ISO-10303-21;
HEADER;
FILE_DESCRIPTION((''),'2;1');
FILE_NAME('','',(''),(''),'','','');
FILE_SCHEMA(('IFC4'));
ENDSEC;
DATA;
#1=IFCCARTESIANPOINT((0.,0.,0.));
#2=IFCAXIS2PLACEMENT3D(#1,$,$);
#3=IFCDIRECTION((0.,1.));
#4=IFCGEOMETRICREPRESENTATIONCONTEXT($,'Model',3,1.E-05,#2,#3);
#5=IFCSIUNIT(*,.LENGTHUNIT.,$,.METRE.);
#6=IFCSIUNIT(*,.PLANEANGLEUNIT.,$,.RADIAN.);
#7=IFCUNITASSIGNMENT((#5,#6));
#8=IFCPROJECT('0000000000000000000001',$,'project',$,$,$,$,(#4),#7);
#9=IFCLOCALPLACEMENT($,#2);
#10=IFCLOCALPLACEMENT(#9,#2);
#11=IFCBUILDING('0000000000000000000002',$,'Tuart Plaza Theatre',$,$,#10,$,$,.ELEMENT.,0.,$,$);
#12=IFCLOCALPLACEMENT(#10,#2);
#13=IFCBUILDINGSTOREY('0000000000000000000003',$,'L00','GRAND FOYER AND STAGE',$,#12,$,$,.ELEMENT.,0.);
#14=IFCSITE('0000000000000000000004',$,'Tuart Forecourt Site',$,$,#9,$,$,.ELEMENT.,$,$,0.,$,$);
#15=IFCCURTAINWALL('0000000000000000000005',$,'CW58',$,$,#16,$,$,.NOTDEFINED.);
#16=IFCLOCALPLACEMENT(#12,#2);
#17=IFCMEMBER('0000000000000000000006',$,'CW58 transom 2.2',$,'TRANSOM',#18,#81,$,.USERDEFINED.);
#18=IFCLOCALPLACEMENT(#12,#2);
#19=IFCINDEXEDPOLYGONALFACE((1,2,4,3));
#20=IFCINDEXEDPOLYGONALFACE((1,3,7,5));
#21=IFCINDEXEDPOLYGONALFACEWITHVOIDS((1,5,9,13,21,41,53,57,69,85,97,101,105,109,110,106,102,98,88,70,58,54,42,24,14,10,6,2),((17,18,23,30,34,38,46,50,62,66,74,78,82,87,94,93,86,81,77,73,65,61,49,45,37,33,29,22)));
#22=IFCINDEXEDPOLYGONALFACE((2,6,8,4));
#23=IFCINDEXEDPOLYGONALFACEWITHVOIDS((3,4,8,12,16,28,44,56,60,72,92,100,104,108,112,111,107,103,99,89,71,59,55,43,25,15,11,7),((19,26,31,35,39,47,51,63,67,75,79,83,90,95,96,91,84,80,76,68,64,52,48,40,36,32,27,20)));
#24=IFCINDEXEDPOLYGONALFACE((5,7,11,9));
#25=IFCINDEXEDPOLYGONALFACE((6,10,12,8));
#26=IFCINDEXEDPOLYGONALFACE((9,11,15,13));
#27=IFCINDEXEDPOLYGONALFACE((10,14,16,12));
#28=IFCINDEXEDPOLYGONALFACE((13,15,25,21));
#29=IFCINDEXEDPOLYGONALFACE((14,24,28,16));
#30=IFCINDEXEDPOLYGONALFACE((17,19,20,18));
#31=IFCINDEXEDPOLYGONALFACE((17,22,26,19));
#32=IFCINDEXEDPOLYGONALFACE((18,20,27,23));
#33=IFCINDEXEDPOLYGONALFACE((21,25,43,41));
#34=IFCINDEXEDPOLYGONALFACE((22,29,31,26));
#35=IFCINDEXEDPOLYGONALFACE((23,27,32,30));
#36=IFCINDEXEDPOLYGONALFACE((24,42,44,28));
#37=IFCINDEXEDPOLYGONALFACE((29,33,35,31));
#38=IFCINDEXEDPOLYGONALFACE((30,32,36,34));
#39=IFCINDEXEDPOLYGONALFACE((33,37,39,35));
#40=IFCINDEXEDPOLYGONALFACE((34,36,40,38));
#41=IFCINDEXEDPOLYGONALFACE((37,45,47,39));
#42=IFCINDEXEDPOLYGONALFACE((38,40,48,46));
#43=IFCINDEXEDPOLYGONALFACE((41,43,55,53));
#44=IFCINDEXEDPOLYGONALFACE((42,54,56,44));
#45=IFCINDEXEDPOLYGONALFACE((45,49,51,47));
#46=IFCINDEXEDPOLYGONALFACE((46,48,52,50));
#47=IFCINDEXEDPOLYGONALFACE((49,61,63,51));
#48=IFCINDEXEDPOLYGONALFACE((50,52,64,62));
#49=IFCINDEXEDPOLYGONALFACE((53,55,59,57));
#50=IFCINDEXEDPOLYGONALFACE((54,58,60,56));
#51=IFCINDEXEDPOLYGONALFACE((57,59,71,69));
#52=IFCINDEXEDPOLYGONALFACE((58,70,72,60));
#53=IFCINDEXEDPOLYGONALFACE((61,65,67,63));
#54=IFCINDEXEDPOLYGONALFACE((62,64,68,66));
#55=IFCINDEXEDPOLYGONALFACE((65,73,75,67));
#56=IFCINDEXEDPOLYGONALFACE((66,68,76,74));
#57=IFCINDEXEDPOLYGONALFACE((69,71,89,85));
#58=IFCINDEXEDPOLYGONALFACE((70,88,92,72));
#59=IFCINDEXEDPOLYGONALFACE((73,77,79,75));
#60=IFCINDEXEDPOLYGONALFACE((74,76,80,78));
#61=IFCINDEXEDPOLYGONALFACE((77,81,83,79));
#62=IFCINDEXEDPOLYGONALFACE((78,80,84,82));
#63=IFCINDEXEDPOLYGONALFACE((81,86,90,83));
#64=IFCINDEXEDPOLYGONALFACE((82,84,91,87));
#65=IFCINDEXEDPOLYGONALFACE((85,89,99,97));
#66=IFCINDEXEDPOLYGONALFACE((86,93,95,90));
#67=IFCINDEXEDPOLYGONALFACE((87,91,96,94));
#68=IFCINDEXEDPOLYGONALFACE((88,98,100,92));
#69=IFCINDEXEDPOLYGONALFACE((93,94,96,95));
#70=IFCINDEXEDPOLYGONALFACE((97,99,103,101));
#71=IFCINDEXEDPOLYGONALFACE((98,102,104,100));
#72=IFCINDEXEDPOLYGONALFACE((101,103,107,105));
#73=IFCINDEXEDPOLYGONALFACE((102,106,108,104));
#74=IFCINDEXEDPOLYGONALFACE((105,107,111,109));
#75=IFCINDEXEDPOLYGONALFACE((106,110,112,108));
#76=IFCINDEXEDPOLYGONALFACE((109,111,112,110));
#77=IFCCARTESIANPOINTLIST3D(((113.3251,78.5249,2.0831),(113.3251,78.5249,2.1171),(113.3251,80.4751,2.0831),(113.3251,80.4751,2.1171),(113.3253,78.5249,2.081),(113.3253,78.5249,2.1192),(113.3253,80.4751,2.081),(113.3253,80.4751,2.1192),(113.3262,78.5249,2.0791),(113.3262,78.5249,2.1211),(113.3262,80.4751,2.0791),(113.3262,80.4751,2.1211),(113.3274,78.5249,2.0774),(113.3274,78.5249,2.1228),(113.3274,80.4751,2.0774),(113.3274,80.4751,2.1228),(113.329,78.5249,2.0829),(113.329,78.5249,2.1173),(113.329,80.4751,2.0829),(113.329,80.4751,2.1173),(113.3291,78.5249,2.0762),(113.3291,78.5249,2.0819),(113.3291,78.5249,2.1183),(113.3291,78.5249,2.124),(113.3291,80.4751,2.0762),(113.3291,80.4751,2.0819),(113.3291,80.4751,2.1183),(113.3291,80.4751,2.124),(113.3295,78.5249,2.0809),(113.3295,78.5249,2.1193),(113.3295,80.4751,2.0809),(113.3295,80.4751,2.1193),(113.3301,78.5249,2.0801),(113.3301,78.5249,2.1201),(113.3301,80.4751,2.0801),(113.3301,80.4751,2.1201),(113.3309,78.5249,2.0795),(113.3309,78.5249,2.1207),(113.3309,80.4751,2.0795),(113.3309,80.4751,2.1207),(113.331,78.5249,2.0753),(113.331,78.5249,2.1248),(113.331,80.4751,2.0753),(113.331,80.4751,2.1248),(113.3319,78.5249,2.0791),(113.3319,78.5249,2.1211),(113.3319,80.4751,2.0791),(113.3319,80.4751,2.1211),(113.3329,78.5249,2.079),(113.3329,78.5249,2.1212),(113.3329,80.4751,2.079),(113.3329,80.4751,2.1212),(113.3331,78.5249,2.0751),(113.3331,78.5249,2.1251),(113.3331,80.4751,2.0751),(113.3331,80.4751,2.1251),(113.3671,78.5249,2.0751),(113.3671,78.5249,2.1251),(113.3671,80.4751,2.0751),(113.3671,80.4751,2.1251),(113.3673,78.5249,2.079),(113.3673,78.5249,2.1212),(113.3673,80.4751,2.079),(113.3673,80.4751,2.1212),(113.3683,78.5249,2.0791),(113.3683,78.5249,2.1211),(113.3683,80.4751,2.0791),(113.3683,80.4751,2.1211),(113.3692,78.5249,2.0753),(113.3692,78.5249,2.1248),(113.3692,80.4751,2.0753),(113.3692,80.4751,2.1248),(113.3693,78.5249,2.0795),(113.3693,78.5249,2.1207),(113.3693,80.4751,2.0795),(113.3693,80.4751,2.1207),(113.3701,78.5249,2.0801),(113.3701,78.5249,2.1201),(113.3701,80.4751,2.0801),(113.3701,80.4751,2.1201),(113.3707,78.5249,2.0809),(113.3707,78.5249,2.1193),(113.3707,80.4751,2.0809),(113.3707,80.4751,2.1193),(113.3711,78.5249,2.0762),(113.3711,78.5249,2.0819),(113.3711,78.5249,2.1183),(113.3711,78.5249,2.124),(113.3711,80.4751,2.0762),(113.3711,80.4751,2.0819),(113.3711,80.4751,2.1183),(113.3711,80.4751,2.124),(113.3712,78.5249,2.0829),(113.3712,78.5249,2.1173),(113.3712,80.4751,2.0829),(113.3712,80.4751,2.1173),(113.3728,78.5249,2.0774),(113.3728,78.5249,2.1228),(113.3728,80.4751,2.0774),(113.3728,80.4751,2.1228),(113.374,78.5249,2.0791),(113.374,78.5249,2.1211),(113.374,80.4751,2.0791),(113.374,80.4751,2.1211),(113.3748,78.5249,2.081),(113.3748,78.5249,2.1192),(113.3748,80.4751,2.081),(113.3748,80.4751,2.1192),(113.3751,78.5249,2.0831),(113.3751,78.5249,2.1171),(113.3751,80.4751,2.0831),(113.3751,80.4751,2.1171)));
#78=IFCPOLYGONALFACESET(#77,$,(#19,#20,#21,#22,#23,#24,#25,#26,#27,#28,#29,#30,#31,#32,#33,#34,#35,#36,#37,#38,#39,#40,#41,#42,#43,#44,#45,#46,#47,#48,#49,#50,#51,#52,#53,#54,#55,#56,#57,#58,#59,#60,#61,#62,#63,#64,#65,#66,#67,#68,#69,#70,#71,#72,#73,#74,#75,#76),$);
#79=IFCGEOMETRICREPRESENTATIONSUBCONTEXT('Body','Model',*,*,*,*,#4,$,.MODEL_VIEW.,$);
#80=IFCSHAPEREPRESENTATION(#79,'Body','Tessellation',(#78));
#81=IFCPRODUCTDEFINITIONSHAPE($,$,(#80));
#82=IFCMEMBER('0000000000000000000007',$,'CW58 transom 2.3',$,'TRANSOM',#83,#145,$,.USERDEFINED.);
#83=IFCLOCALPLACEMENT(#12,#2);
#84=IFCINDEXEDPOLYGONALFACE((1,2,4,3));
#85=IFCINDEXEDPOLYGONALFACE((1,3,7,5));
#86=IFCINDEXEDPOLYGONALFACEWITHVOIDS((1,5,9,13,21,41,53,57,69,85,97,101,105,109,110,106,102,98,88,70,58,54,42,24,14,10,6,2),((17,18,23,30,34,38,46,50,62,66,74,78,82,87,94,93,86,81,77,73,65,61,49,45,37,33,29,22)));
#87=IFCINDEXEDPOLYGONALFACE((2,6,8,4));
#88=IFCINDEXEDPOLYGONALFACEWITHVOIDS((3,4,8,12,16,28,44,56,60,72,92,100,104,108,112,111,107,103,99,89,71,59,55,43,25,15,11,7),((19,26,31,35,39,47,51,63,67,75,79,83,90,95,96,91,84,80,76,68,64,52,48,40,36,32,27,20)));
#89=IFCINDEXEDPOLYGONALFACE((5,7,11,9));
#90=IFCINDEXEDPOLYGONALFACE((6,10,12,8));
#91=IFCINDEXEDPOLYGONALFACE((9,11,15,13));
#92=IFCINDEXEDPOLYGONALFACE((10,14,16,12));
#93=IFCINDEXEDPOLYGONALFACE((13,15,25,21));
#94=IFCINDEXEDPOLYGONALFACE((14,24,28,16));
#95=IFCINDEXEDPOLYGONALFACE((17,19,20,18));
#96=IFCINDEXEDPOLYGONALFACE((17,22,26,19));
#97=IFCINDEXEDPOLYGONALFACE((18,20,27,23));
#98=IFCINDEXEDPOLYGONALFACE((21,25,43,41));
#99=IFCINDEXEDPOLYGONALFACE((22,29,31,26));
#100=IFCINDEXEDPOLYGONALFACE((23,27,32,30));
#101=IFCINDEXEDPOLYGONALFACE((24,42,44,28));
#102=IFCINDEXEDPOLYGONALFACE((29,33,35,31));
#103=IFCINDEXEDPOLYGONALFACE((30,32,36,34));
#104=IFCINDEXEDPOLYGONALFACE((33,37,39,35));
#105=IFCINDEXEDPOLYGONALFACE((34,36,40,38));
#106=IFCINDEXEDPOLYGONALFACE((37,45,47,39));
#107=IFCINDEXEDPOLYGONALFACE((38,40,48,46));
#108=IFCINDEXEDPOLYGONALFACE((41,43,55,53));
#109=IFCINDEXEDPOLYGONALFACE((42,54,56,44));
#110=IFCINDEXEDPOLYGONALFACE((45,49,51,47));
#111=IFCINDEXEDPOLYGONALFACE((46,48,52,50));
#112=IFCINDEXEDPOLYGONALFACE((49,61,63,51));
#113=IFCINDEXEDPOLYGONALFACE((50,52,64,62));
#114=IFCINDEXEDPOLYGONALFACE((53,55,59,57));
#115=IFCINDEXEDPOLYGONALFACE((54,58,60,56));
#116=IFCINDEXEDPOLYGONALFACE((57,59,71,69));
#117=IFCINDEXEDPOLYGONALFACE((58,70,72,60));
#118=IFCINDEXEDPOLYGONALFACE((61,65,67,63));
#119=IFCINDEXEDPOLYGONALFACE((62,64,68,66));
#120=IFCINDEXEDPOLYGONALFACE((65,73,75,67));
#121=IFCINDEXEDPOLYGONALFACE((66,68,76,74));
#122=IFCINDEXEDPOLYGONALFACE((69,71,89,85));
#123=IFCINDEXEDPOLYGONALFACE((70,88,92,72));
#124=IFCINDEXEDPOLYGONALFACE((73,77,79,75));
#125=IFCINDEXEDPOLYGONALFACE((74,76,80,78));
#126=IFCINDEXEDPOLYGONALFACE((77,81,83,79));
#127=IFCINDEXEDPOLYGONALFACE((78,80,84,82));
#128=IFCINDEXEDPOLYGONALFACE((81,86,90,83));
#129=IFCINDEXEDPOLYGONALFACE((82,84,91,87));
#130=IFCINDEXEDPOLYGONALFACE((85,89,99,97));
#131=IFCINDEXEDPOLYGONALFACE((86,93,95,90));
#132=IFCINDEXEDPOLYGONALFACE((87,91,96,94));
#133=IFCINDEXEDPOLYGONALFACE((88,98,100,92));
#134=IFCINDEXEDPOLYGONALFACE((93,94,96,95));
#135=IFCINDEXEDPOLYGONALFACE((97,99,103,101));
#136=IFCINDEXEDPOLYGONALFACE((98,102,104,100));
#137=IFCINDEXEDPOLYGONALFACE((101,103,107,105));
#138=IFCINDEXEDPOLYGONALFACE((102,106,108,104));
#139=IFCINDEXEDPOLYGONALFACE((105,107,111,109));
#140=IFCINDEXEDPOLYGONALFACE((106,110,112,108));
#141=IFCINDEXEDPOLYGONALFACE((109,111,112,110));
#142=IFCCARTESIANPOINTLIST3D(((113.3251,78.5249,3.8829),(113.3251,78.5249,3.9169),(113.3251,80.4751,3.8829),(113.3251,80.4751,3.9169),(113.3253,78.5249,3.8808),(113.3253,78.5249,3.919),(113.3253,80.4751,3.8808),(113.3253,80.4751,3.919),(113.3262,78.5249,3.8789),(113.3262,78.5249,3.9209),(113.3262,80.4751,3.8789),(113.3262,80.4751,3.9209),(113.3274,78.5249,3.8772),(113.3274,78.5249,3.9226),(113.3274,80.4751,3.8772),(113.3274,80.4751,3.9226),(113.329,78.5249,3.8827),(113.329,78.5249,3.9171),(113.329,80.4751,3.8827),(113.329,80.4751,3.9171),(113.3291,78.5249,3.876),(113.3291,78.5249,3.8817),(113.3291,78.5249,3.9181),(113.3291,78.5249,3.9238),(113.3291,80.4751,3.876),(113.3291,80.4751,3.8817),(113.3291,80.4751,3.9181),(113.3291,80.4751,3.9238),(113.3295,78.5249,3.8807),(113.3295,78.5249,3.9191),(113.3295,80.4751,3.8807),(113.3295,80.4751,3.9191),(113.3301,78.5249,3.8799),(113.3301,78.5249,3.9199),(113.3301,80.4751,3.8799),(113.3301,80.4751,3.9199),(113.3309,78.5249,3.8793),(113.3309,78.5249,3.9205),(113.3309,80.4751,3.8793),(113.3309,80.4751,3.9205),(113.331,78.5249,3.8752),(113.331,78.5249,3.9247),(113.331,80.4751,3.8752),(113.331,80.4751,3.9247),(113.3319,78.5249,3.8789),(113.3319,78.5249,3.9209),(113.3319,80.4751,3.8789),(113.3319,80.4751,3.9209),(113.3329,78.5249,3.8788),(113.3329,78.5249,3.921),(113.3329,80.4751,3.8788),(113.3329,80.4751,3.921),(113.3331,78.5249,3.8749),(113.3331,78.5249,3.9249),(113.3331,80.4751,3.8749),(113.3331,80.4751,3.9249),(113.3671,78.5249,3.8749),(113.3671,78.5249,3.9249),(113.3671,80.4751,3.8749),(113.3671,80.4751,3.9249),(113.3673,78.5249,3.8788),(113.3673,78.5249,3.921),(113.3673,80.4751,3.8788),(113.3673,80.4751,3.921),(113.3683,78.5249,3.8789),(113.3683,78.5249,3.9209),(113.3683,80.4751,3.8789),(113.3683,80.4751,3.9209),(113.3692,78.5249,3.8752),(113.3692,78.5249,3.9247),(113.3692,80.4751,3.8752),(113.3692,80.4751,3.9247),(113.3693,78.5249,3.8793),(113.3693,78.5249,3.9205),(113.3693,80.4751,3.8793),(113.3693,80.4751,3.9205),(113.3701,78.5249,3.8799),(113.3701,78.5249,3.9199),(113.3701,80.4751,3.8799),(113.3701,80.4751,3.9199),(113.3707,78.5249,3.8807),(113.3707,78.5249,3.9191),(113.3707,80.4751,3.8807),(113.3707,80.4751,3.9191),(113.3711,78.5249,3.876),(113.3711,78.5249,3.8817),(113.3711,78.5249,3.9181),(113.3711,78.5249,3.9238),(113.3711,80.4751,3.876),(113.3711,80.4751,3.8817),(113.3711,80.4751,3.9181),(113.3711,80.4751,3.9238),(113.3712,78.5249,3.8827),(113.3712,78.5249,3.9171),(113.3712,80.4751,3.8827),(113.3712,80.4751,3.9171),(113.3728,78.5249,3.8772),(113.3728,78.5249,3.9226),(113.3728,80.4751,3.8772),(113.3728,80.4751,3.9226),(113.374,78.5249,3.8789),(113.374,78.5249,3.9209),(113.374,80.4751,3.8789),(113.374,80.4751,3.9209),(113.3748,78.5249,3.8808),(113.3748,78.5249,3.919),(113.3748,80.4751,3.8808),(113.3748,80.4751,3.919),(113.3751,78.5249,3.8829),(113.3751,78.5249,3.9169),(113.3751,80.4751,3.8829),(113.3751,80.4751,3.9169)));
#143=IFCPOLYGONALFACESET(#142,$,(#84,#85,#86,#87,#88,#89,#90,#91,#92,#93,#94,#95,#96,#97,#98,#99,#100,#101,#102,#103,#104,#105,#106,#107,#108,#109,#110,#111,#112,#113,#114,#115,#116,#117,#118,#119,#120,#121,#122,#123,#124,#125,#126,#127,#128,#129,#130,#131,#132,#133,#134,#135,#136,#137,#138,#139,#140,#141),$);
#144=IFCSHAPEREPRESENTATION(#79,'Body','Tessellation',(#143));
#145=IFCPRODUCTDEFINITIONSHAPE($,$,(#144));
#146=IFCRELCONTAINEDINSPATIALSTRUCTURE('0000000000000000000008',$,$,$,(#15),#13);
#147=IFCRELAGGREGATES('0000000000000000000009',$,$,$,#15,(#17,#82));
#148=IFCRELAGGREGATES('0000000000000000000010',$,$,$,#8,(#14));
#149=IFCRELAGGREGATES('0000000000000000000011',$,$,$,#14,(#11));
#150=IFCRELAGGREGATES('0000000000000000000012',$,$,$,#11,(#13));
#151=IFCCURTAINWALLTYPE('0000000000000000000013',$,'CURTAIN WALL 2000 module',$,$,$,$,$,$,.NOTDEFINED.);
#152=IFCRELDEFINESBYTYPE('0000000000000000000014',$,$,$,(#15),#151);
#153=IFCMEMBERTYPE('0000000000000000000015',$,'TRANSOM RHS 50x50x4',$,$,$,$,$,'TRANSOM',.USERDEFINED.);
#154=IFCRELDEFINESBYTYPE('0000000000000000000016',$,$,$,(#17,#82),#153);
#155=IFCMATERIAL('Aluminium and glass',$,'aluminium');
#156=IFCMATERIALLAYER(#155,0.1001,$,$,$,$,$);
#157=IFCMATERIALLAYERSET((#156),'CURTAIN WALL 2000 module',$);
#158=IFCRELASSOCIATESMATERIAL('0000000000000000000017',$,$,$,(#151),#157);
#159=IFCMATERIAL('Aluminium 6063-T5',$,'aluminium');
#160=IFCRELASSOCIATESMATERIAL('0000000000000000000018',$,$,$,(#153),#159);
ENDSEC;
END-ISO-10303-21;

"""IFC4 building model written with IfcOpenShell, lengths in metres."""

from ifc_helpers import new_model, si_unit, direction, frame, origin, origin_2d, place, context, subcontext, project, spatial, hollow_rectangle, extrude, material, layer, layer_set, material_profile, profile_set, type_object, element, aggregate, save


model = new_model("IFC4")

# Units and contexts
model_context = context("Model", 3, precision=1e-05, world=origin(), true_north=direction((0.0, 1.0)))
body_context = subcontext(model_context, "Body", "Model", "MODEL_VIEW")
ifc_project = project(units=[si_unit("LENGTHUNIT", "METRE"), si_unit("PLANEANGLEUNIT", "RADIAN")], contexts=[model_context])

# Site, building, storey
site_placement = place(None, origin())
site = spatial("IfcSite", under=ifc_project, at=site_placement, Name="Tuart Forecourt Site", CompositionType="ELEMENT", RefElevation=0.0)
building_placement = place(site_placement, origin())
building = spatial("IfcBuilding", under=site, at=building_placement, Name="Tuart Plaza Theatre", CompositionType="ELEMENT", ElevationOfRefHeight=0.0)
storey_placement = place(building_placement, origin())
storey = spatial("IfcBuildingStorey", under=building, at=storey_placement, Name="L00", Description="GRAND FOYER AND STAGE", CompositionType="ELEMENT", Elevation=0.0)

# Curtain wall
ifc_material_1 = material(Name="Aluminium and glass", Category="aluminium")
ifc_layer_1 = layer(ifc_material_1, 0.1001)
ifc_layer_set_1 = layer_set([ifc_layer_1], Name="CURTAIN WALL 2000 module")
curtain_wall_type = type_object("IfcCurtainWallType", Name="CURTAIN WALL 2000 module", PredefinedType="NOTDEFINED", material=ifc_layer_set_1)
curtain_wall_1_placement = place(storey_placement, origin())
curtain_wall_1 = element("IfcCurtainWall", 1, at=curtain_wall_1_placement, inside=storey, type_object=curtain_wall_type, Name="CW58", PredefinedType="NOTDEFINED")

# Members
ifc_material_2 = material(Name="Aluminium 6063-T5", Category="aluminium")
ifc_material_profile_1 = material_profile(ifc_material_2, hollow_rectangle(XDim=0.05, YDim=0.05, WallThickness=0.0039, InnerFilletRadius=0.0039, OuterFilletRadius=0.0081, at=origin_2d()), Name="RHS 50x50x4")
ifc_profile_set_1 = profile_set([ifc_material_profile_1], Name="Aluminium 6063-T5")
member_type_1 = type_object("IfcMemberType", Name="TRANSOM RHS 50x50x4", ElementType="TRANSOM", PredefinedType="USERDEFINED", material=ifc_profile_set_1)
member_1_placement = place(storey_placement, frame((113.3501, 80.4751, 2.1001), z_axis=(0.0, -1.0, 0.0), x_axis=(1.0, 0.0, 0.0)))
member_1 = element("IfcMember", 2, at=member_1_placement, type_object=member_type_1, Name="CW58 transom 2.2", ObjectType="TRANSOM", PredefinedType="USERDEFINED", context=body_context, shape_type="SweptSolid", body=[
    extrude(hollow_rectangle(XDim=0.05, YDim=0.05, WallThickness=0.0039, InnerFilletRadius=0.0039, OuterFilletRadius=0.0081, at=origin_2d()), origin(), (0.0, 0.0, 1.0), 1.9502),
])
member_2_placement = place(storey_placement, frame((113.3501, 80.4751, 3.8999), z_axis=(0.0, -1.0, 0.0), x_axis=(1.0, 0.0, 0.0)))
member_2 = element("IfcMember", 3, at=member_2_placement, type_object=member_type_1, Name="CW58 transom 2.3", ObjectType="TRANSOM", PredefinedType="USERDEFINED", context=body_context, shape_type="SweptSolid", body=[
    extrude(hollow_rectangle(XDim=0.05, YDim=0.05, WallThickness=0.0039, InnerFilletRadius=0.0039, OuterFilletRadius=0.0081, at=origin_2d()), origin(), (0.0, 0.0, 1.0), 1.9502),
])

aggregate(curtain_wall_1, [member_1, member_2])

save(model, "model.ifc")
